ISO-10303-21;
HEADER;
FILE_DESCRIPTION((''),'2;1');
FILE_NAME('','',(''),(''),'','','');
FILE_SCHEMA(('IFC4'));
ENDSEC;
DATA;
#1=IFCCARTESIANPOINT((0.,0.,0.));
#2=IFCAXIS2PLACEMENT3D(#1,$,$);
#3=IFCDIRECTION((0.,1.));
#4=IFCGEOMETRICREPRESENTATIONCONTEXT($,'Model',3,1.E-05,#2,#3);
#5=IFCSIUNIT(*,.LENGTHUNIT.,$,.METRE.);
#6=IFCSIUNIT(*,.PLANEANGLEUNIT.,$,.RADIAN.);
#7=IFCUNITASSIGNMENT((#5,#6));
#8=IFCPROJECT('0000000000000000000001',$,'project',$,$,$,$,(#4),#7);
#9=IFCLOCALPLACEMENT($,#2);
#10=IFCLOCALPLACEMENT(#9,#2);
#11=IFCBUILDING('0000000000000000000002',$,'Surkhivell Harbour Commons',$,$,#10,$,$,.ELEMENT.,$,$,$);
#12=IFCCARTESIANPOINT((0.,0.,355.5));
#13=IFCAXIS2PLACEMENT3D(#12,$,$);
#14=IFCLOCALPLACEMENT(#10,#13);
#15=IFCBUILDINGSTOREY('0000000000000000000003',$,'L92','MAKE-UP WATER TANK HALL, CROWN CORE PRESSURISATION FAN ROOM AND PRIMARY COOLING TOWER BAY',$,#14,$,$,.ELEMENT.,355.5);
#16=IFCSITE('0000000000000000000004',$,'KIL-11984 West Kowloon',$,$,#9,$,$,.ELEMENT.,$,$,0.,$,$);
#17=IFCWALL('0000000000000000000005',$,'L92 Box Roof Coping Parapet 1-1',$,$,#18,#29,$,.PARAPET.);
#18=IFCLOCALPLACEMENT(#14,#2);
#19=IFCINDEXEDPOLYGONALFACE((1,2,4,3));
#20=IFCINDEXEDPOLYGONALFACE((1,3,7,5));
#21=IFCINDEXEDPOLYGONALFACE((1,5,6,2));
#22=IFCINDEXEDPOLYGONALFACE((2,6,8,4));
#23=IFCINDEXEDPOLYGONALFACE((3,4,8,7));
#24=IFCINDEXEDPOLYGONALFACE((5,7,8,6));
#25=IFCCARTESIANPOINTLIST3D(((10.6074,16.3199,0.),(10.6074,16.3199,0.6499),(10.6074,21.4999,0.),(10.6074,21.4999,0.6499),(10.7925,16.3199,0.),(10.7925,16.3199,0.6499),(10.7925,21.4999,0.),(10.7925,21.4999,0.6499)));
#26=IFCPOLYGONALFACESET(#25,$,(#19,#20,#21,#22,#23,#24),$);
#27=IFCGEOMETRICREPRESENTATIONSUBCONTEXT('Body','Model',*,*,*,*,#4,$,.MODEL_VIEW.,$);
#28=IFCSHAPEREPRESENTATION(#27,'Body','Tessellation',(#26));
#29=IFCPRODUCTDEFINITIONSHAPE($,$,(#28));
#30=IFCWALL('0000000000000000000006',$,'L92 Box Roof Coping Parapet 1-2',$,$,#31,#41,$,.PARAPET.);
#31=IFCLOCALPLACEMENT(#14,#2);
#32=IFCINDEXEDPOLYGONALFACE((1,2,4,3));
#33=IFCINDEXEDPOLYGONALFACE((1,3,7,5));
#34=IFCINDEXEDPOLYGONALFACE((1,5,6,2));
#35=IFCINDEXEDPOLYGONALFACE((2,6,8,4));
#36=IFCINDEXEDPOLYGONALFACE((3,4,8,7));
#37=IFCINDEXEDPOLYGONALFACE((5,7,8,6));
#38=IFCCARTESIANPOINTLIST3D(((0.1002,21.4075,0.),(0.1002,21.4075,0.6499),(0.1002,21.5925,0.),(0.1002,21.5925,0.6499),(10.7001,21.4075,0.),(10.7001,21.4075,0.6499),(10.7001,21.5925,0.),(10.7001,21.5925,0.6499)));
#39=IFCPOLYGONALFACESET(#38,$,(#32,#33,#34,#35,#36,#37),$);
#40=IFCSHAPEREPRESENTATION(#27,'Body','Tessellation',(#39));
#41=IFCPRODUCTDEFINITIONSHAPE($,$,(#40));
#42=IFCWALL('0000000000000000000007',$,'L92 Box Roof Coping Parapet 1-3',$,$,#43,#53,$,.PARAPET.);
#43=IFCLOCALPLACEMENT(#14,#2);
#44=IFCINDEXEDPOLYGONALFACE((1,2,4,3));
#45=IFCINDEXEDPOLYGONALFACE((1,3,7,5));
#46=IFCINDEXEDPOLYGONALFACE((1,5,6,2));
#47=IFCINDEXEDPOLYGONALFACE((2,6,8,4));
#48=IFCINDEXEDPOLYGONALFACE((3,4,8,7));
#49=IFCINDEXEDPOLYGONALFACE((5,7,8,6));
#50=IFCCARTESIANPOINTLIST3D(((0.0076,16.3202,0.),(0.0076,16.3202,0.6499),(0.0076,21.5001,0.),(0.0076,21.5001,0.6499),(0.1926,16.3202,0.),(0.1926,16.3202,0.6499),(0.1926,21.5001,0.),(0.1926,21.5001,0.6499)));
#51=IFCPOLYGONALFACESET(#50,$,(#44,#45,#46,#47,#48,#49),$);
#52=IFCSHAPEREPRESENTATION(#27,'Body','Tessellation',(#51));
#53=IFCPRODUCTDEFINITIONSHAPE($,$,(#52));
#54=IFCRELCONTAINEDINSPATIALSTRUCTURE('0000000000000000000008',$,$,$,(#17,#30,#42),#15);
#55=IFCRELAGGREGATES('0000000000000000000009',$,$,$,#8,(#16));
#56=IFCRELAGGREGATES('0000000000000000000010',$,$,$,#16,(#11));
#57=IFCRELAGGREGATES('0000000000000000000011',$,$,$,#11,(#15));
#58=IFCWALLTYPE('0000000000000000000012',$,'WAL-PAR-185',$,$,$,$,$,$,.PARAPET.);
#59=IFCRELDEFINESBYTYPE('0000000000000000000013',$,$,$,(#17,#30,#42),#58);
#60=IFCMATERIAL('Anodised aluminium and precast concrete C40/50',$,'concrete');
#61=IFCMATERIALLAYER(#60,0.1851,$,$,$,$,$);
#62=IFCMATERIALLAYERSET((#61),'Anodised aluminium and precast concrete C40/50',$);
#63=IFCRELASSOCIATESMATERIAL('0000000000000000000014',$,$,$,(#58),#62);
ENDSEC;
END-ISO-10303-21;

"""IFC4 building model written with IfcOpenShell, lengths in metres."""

from ifc_helpers import new_model, si_unit, direction, frame, frame_2d, origin, place, context, subcontext, project, spatial, rectangle, extrude, material, layer, layer_set, type_object, element, save


model = new_model("IFC4")

# Units and contexts
model_context = context("Model", 3, precision=1e-05, world=origin(), true_north=direction((0.0, 1.0)))
body_context = subcontext(model_context, "Body", "Model", "MODEL_VIEW")
ifc_project = project(units=[si_unit("LENGTHUNIT", "METRE"), si_unit("PLANEANGLEUNIT", "RADIAN")], contexts=[model_context])

# Site, building, storey
site_placement = place(None, origin())
site = spatial("IfcSite", under=ifc_project, at=site_placement, Name="KIL-11984 West Kowloon", CompositionType="ELEMENT", RefElevation=0.0)
building_placement = place(site_placement, origin())
building = spatial("IfcBuilding", under=site, at=building_placement, Name="Surkhivell Harbour Commons", CompositionType="ELEMENT")
storey_placement = place(building_placement, frame((0.0, 0.0, 355.5)))
storey = spatial("IfcBuildingStorey", under=building, at=storey_placement, Name="L92", Description="MAKE-UP WATER TANK HALL, CROWN CORE PRESSURISATION FAN ROOM AND PRIMARY COOLING TOWER BAY", CompositionType="ELEMENT", Elevation=355.5)

# Walls
ifc_material_1 = material(Name="Anodised aluminium and precast concrete C40/50", Category="concrete")
ifc_layer_1 = layer(ifc_material_1, 0.1851)
ifc_layer_set_1 = layer_set([ifc_layer_1], Name="Anodised aluminium and precast concrete C40/50")
wall_type_1 = type_object("IfcWallType", Name="WAL-PAR-185", PredefinedType="PARAPET", material=ifc_layer_set_1)
wall_1_placement = place(storey_placement, frame((10.7, 16.3201, 0.0), z_axis=(0.0, 0.0, 1.0), x_axis=(0.0, 1.0, 0.0)))
element("IfcWall", 1, at=wall_1_placement, inside=storey, type_object=wall_type_1, Name="L92 Box Roof Coping Parapet 1-1", PredefinedType="PARAPET", context=body_context, shape_type="SweptSolid", body=[
    extrude(rectangle(XDim=5.1799, YDim=0.1851, at=frame_2d((2.5898, 0.0))), origin(), (0.0, 0.0, 1.0), 0.6499),
])
wall_2_placement = place(storey_placement, frame((10.7, 21.5, 0.0), z_axis=(0.0, 0.0, 1.0), x_axis=(-1.0, 0.0, 0.0)))
element("IfcWall", 2, at=wall_2_placement, inside=storey, type_object=wall_type_1, Name="L92 Box Roof Coping Parapet 1-2", PredefinedType="PARAPET", context=body_context, shape_type="SweptSolid", body=[
    extrude(rectangle(XDim=10.5999, YDim=0.1851, at=frame_2d((5.2998, 0.0))), origin(), (0.0, 0.0, 1.0), 0.6499),
])
wall_3_placement = place(storey_placement, frame((0.1001, 21.5, 0.0), z_axis=(0.0, 0.0, 1.0), x_axis=(0.0, -1.0, 0.0)))
element("IfcWall", 3, at=wall_3_placement, inside=storey, type_object=wall_type_1, Name="L92 Box Roof Coping Parapet 1-3", PredefinedType="PARAPET", context=body_context, shape_type="SweptSolid", body=[
    extrude(rectangle(XDim=5.1799, YDim=0.1851, at=frame_2d((2.5898, 0.0))), origin(), (0.0, 0.0, 1.0), 0.6499),
])

save(model, "model.ifc")
